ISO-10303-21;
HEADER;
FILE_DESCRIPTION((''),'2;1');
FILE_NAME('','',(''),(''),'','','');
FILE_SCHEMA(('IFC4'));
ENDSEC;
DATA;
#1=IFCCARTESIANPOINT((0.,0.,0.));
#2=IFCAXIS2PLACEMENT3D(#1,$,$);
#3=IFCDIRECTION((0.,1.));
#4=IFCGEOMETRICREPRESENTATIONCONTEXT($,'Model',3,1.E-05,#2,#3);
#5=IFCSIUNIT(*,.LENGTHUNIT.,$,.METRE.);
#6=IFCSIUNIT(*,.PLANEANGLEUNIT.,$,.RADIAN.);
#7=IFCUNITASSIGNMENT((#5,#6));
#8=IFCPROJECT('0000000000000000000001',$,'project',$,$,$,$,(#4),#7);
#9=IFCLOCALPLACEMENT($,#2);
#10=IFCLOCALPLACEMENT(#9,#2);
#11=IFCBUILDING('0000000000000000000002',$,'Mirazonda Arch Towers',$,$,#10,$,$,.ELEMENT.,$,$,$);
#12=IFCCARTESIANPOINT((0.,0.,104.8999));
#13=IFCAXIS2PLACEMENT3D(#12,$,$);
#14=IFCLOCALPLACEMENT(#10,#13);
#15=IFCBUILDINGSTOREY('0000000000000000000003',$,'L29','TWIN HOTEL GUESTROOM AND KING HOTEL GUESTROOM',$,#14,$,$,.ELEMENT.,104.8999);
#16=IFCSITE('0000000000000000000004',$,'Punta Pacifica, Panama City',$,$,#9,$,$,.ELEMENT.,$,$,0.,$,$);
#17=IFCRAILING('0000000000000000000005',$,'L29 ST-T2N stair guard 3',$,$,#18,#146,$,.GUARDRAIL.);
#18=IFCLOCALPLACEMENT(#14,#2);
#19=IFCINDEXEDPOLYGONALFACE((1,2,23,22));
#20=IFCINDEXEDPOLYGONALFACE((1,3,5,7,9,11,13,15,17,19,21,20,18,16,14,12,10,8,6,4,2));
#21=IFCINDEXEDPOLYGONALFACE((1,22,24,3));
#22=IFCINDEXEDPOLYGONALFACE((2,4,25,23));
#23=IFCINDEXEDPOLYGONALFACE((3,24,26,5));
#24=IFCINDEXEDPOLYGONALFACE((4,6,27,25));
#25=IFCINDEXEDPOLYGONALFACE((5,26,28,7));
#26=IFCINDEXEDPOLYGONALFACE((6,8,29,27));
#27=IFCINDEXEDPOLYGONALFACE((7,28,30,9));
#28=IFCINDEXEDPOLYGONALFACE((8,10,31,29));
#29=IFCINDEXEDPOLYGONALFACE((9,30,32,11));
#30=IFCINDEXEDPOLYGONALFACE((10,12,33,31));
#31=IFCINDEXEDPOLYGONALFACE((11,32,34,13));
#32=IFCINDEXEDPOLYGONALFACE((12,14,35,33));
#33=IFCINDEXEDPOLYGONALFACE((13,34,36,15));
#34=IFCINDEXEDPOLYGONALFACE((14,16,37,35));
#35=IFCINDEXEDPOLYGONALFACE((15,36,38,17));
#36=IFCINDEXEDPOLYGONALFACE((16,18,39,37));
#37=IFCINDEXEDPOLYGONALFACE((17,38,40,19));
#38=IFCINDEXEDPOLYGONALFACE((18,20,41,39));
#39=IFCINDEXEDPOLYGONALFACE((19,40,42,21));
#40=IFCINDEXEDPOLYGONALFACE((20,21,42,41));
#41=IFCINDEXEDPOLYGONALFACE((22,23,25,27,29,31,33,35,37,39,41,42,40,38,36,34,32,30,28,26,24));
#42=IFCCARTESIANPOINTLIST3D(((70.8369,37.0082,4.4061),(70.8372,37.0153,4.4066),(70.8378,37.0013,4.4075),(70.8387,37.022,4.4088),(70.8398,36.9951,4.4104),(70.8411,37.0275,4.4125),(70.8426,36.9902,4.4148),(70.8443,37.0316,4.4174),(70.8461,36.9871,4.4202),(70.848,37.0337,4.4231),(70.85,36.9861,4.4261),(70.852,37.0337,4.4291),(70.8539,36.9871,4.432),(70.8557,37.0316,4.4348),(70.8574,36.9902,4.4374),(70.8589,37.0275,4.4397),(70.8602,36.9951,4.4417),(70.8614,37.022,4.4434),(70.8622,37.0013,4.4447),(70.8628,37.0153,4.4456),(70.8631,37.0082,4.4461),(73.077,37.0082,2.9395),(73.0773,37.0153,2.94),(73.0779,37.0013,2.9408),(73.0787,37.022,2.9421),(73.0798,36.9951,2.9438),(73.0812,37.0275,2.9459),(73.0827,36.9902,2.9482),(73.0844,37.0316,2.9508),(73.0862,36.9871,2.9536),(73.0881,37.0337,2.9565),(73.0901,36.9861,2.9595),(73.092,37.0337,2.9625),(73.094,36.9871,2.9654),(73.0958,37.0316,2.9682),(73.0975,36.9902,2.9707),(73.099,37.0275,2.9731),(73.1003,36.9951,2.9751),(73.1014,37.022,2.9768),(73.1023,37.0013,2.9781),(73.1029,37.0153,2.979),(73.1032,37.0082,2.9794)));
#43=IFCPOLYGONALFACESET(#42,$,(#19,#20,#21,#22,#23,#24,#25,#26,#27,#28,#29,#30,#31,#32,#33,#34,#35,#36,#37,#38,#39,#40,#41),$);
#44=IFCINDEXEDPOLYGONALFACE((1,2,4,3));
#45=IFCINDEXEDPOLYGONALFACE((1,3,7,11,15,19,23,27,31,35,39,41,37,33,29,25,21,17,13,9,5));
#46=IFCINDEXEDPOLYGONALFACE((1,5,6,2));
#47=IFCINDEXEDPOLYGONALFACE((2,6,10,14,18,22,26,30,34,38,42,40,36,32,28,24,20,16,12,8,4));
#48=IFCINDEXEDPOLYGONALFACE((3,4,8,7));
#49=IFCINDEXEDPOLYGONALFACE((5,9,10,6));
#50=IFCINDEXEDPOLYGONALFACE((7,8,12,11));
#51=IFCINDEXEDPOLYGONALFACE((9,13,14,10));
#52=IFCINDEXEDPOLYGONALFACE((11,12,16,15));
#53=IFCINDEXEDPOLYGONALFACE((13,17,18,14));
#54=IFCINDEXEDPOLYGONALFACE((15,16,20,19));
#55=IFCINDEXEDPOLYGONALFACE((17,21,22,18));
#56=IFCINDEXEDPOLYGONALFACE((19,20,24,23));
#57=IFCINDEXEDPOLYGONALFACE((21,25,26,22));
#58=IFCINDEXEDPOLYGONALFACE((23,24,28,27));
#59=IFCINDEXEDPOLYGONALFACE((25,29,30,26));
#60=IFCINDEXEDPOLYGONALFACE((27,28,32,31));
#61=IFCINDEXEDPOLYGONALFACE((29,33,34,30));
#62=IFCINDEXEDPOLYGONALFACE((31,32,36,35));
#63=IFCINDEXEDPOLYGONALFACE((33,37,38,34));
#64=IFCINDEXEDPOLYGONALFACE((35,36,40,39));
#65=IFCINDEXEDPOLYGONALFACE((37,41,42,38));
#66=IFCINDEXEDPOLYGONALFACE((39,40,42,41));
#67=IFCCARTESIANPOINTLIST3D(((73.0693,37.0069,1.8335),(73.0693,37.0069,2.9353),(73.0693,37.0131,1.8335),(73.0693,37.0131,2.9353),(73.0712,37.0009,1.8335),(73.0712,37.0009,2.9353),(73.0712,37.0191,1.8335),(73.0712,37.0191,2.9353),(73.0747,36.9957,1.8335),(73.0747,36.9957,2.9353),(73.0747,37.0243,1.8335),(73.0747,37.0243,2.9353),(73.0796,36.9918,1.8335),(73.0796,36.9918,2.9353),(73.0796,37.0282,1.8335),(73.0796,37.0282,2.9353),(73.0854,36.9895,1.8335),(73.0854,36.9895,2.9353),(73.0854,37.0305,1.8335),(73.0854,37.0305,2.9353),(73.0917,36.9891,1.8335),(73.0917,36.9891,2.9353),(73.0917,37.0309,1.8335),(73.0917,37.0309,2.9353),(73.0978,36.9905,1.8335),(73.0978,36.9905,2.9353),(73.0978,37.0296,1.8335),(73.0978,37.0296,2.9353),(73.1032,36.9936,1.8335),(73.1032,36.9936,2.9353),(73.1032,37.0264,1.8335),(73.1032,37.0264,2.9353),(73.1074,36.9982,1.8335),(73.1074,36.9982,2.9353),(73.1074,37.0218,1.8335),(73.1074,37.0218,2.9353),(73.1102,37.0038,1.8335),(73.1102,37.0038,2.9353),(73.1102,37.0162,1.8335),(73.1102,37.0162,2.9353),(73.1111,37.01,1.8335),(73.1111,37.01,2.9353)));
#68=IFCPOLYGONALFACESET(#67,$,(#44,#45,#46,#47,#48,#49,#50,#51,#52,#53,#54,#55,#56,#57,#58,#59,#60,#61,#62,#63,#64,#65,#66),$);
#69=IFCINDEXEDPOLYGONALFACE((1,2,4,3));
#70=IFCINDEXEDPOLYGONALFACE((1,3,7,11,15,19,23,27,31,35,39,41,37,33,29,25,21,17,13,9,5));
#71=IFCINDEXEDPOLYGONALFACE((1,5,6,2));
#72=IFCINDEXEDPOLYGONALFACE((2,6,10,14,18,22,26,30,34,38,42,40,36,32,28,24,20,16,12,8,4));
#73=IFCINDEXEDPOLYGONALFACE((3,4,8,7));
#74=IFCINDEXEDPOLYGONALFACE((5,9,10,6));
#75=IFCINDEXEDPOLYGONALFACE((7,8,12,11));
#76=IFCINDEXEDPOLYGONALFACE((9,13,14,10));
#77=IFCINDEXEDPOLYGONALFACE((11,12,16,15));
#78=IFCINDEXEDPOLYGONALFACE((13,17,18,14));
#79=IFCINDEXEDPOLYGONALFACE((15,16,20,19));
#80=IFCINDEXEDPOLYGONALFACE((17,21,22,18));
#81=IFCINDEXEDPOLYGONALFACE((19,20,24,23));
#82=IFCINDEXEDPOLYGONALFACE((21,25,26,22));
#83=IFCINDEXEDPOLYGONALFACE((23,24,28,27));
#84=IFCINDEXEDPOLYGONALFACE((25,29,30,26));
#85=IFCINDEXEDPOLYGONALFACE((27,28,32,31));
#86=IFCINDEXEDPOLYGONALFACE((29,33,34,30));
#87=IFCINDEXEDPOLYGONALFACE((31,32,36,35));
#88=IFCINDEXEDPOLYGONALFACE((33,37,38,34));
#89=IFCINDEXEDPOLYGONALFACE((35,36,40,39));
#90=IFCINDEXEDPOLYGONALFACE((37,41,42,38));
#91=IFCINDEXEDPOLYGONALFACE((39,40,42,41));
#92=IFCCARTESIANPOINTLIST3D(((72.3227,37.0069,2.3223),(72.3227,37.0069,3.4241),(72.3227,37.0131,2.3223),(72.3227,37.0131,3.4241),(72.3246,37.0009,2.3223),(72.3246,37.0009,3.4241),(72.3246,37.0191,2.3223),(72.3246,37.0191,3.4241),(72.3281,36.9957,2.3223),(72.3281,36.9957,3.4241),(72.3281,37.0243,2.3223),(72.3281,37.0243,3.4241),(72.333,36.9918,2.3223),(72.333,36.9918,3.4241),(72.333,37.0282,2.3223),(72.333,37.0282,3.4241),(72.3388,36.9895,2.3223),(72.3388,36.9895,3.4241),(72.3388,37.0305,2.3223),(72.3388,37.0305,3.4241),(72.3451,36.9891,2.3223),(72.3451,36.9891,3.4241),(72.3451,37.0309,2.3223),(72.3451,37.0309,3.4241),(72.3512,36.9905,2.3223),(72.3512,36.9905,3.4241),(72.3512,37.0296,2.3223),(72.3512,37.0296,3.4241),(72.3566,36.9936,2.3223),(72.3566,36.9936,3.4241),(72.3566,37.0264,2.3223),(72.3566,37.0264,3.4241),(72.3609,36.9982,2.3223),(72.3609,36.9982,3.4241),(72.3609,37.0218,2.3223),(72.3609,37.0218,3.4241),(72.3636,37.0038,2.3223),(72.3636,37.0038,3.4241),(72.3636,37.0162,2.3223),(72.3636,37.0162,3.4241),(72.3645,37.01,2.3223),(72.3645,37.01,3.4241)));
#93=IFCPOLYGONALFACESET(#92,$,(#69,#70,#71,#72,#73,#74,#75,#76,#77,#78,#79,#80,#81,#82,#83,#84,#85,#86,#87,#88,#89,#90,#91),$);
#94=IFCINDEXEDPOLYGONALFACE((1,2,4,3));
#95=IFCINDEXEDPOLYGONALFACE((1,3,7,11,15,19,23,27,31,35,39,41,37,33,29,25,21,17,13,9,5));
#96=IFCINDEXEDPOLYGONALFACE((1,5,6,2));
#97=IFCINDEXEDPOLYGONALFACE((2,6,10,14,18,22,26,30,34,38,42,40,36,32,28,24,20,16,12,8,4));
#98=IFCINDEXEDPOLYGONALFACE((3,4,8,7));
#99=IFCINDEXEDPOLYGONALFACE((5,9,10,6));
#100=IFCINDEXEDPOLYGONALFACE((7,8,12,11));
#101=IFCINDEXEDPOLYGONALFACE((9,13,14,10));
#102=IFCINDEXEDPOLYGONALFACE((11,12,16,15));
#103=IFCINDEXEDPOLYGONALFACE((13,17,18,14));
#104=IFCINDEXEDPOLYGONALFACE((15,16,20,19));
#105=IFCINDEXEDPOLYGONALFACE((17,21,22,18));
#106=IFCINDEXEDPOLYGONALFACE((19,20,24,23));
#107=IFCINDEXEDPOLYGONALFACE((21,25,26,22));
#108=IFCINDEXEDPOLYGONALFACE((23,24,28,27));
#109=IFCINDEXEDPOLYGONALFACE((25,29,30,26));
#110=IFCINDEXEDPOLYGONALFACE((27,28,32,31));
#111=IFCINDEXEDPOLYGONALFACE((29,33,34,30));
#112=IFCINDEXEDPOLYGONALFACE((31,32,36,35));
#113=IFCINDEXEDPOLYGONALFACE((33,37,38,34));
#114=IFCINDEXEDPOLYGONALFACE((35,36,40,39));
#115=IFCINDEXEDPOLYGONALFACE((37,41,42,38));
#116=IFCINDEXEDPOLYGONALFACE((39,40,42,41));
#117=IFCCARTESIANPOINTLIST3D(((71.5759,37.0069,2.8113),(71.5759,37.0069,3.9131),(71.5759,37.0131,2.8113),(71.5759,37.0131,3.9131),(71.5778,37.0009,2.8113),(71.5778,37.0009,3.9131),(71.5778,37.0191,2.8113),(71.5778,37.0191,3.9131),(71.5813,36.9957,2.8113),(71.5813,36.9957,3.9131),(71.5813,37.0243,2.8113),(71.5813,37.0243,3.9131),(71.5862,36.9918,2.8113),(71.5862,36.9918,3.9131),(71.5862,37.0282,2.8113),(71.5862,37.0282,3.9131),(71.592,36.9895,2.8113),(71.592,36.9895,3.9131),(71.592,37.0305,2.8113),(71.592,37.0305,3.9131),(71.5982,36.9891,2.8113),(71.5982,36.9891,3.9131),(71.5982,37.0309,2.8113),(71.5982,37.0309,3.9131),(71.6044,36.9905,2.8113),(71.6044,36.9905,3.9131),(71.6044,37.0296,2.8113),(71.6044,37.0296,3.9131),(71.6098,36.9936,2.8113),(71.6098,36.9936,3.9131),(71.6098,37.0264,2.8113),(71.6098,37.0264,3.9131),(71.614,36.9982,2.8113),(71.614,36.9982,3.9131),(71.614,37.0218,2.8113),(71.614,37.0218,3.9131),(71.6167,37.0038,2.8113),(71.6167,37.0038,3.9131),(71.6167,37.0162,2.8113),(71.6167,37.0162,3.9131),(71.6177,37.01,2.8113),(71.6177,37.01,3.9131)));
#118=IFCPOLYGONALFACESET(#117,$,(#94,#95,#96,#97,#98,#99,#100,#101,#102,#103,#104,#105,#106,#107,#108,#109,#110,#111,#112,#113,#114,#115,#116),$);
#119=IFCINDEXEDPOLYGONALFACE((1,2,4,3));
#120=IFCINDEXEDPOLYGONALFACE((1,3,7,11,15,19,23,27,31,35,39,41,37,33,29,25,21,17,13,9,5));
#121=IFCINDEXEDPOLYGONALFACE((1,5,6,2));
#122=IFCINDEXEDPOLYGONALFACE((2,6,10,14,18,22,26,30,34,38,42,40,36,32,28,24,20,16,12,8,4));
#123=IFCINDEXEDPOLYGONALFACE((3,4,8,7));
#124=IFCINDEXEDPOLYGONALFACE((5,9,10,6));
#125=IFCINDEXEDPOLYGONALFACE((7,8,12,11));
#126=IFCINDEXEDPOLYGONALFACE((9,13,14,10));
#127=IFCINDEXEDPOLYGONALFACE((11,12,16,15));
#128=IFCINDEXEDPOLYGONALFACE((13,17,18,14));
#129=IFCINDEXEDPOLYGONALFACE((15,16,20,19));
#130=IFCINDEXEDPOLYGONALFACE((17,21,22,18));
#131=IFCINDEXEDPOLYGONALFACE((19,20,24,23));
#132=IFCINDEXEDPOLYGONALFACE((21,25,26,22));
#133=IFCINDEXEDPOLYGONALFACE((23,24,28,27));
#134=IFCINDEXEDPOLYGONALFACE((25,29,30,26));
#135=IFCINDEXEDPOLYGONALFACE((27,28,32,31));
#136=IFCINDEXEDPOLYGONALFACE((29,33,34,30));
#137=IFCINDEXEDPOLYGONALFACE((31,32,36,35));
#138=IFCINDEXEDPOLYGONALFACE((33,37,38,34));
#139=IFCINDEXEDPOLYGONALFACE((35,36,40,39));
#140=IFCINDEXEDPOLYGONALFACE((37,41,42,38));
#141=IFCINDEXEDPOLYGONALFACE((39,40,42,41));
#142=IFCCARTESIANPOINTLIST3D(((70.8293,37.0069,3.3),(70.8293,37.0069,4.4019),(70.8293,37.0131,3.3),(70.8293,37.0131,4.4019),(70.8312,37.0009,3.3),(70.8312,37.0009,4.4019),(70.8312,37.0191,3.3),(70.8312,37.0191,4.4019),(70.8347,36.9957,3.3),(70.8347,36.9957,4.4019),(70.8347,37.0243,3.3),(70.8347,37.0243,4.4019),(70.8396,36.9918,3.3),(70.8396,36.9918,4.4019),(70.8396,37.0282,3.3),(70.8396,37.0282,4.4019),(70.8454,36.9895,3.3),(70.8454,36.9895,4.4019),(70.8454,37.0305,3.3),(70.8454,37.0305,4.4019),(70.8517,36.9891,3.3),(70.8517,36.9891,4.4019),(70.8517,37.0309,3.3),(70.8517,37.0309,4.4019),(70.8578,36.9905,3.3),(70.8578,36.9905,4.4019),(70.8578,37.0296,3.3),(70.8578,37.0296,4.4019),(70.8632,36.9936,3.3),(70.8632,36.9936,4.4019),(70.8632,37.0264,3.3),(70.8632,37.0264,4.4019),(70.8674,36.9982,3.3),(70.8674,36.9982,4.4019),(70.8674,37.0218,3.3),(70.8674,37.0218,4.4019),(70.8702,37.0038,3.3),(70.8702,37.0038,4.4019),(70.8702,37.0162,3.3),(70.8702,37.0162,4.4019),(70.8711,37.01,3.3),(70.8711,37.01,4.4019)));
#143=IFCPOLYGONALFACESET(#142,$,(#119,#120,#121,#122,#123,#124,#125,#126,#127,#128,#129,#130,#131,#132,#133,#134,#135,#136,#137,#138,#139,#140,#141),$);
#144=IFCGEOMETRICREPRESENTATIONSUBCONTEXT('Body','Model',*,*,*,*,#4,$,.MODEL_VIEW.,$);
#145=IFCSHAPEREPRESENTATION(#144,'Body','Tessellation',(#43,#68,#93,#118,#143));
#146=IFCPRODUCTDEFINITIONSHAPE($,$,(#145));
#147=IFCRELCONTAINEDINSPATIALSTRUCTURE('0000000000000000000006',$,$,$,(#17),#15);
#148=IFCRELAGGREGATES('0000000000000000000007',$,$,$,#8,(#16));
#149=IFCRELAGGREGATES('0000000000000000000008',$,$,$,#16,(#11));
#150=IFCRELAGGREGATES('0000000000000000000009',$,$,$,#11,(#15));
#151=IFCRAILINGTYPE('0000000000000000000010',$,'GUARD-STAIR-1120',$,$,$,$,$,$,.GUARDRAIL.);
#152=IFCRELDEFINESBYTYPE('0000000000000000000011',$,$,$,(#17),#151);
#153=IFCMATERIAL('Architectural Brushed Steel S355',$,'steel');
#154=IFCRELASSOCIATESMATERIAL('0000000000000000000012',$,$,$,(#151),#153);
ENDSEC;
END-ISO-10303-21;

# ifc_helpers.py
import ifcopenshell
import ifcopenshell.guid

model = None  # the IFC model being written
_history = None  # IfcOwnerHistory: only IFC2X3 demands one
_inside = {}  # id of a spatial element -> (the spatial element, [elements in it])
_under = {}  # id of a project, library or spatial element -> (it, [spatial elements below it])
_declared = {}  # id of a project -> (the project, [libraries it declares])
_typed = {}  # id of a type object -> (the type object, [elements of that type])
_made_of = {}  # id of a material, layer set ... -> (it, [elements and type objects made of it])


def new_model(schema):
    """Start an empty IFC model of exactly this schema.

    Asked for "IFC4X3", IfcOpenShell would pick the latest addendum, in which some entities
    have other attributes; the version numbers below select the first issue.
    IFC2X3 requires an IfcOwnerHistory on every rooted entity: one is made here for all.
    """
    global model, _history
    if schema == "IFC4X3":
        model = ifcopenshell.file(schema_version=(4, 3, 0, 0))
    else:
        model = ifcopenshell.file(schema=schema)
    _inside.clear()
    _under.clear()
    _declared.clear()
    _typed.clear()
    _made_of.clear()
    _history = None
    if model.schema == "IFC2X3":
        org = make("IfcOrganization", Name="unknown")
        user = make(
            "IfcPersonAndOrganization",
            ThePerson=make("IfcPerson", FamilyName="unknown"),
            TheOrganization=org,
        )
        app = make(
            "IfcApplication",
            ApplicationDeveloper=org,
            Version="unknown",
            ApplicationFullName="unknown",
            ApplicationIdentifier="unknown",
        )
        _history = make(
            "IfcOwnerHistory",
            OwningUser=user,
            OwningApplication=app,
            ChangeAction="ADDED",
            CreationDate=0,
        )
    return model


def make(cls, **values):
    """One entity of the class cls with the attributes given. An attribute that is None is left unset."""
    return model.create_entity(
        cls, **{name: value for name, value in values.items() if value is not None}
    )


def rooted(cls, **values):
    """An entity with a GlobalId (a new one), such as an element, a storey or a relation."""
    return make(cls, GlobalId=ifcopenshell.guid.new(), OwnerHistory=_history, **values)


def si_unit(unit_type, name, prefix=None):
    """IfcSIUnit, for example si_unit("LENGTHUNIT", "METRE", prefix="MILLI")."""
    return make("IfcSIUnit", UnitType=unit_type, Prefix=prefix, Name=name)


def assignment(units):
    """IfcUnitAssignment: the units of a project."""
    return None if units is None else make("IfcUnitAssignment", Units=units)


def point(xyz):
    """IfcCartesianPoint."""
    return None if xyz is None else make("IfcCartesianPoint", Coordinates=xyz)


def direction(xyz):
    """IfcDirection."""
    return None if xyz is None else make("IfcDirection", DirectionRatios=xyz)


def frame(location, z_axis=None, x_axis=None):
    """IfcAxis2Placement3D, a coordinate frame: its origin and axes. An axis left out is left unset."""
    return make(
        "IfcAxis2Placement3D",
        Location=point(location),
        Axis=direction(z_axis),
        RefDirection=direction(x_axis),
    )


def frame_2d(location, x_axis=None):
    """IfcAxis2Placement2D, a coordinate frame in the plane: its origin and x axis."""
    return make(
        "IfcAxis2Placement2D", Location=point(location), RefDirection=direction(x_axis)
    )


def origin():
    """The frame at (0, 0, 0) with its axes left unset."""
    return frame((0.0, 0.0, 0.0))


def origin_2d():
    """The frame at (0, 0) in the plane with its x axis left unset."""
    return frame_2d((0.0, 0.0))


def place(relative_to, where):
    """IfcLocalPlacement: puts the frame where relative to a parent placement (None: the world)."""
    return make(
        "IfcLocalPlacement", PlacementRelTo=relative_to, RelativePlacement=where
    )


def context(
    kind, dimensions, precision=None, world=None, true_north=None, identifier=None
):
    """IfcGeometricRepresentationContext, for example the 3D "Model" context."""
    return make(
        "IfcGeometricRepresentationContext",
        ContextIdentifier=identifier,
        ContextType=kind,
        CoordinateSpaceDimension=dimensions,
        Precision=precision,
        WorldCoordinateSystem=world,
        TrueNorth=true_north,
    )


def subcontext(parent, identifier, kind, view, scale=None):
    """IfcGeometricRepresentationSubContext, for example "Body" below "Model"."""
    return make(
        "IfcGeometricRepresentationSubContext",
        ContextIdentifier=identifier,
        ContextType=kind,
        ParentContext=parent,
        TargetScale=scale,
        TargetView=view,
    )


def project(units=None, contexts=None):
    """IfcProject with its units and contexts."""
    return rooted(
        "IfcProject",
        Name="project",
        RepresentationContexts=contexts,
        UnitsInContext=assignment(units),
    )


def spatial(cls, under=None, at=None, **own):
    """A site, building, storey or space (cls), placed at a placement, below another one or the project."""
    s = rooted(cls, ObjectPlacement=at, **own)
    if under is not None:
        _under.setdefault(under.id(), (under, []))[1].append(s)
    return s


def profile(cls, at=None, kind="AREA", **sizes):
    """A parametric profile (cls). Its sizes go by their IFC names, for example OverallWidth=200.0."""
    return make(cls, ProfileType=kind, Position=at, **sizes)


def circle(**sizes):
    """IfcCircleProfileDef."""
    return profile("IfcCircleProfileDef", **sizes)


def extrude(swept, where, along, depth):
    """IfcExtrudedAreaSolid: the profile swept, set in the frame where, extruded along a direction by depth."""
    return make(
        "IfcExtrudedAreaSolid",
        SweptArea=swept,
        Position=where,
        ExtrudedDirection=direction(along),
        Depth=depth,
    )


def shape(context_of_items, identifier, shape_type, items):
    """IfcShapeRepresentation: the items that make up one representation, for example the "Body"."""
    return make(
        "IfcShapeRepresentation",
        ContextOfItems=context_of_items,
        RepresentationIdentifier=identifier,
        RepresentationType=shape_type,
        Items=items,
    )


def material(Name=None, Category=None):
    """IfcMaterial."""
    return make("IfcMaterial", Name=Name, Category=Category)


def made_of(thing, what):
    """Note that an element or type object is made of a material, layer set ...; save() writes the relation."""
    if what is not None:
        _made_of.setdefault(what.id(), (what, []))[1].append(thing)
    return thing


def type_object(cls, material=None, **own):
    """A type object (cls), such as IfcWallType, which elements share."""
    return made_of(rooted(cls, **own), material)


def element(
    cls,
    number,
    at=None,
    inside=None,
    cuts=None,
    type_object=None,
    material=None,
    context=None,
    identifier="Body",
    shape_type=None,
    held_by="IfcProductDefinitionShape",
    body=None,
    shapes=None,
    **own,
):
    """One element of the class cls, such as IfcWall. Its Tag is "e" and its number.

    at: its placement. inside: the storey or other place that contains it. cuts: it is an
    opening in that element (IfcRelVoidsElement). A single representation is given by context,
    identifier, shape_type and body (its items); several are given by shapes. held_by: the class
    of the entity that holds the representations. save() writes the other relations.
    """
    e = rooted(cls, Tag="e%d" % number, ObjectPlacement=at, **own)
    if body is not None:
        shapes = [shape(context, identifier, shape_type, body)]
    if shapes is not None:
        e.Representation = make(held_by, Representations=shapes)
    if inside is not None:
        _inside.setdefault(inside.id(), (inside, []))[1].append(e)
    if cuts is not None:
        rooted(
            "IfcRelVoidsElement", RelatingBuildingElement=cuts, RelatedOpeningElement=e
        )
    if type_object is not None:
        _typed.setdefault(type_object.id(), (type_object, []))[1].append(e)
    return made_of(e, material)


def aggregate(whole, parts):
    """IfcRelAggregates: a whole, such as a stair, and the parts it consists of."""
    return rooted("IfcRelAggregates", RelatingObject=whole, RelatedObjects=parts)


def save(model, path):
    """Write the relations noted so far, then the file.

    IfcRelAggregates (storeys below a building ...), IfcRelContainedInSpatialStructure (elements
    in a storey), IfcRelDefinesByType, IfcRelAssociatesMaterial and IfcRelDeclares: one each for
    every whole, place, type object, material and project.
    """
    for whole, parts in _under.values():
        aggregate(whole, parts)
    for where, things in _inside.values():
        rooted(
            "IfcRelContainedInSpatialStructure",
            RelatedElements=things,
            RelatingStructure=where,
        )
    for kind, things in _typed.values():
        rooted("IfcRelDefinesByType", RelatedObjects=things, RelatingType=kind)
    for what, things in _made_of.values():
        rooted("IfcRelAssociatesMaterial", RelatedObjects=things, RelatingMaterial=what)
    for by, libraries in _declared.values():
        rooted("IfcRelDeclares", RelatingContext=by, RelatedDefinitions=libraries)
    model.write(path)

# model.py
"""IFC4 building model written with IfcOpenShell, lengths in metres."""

from ifc_helpers import new_model, si_unit, direction, frame, origin, origin_2d, place, context, subcontext, project, spatial, circle, extrude, material, type_object, element, save


model = new_model("IFC4")

# Units and contexts
model_context = context("Model", 3, precision=1e-05, world=origin(), true_north=direction((0.0, 1.0)))
body_context = subcontext(model_context, "Body", "Model", "MODEL_VIEW")
ifc_project = project(units=[si_unit("LENGTHUNIT", "METRE"), si_unit("PLANEANGLEUNIT", "RADIAN")], contexts=[model_context])

# Site, building, storey
site_placement = place(None, origin())
site = spatial("IfcSite", under=ifc_project, at=site_placement, Name="Punta Pacifica, Panama City", CompositionType="ELEMENT", RefElevation=0.0)
building_placement = place(site_placement, origin())
building = spatial("IfcBuilding", under=site, at=building_placement, Name="Mirazonda Arch Towers", CompositionType="ELEMENT")
storey_placement = place(building_placement, frame((0.0, 0.0, 104.8999)))
storey = spatial("IfcBuildingStorey", under=building, at=storey_placement, Name="L29", Description="TWIN HOTEL GUESTROOM AND KING HOTEL GUESTROOM", CompositionType="ELEMENT", Elevation=104.8999)

# Shared definitions
ifc_material_1 = material(Name="Architectural Brushed Steel S355", Category="steel")

# Railing
railing_type_1 = type_object("IfcRailingType", Name="GUARD-STAIR-1120", PredefinedType="GUARDRAIL", material=ifc_material_1)
railing_1_placement = place(storey_placement, frame((73.0901, 37.01, 1.8335)))
element("IfcRailing", 1, at=railing_1_placement, inside=storey, type_object=railing_type_1, Name="L29 ST-T2N stair guard 3", PredefinedType="GUARDRAIL", context=body_context, shape_type="SweptSolid", body=[
    extrude(circle(Radius=0.0239, at=origin_2d()), frame((0.0, 0.0, 1.126), z_axis=(-0.836637, 0.0, 0.547758), x_axis=(0.0, -1.0, 0.0)), (0.0, 0.0, 1.0), 2.6775),
    extrude(circle(Radius=0.021, at=origin_2d()), origin(), (0.0, 0.0, 1.0), 1.1018),
    extrude(circle(Radius=0.021, at=origin_2d()), frame((-0.7466, 0.0, 0.4888)), (0.0, 0.0, 1.0), 1.1018),
    extrude(circle(Radius=0.021, at=origin_2d()), frame((-1.4934, 0.0, 0.9778)), (0.0, 0.0, 1.0), 1.1018),
    extrude(circle(Radius=0.021, at=origin_2d()), frame((-2.24, 0.0, 1.4666)), (0.0, 0.0, 1.0), 1.1018),
])

save(model, "model.ifc")
